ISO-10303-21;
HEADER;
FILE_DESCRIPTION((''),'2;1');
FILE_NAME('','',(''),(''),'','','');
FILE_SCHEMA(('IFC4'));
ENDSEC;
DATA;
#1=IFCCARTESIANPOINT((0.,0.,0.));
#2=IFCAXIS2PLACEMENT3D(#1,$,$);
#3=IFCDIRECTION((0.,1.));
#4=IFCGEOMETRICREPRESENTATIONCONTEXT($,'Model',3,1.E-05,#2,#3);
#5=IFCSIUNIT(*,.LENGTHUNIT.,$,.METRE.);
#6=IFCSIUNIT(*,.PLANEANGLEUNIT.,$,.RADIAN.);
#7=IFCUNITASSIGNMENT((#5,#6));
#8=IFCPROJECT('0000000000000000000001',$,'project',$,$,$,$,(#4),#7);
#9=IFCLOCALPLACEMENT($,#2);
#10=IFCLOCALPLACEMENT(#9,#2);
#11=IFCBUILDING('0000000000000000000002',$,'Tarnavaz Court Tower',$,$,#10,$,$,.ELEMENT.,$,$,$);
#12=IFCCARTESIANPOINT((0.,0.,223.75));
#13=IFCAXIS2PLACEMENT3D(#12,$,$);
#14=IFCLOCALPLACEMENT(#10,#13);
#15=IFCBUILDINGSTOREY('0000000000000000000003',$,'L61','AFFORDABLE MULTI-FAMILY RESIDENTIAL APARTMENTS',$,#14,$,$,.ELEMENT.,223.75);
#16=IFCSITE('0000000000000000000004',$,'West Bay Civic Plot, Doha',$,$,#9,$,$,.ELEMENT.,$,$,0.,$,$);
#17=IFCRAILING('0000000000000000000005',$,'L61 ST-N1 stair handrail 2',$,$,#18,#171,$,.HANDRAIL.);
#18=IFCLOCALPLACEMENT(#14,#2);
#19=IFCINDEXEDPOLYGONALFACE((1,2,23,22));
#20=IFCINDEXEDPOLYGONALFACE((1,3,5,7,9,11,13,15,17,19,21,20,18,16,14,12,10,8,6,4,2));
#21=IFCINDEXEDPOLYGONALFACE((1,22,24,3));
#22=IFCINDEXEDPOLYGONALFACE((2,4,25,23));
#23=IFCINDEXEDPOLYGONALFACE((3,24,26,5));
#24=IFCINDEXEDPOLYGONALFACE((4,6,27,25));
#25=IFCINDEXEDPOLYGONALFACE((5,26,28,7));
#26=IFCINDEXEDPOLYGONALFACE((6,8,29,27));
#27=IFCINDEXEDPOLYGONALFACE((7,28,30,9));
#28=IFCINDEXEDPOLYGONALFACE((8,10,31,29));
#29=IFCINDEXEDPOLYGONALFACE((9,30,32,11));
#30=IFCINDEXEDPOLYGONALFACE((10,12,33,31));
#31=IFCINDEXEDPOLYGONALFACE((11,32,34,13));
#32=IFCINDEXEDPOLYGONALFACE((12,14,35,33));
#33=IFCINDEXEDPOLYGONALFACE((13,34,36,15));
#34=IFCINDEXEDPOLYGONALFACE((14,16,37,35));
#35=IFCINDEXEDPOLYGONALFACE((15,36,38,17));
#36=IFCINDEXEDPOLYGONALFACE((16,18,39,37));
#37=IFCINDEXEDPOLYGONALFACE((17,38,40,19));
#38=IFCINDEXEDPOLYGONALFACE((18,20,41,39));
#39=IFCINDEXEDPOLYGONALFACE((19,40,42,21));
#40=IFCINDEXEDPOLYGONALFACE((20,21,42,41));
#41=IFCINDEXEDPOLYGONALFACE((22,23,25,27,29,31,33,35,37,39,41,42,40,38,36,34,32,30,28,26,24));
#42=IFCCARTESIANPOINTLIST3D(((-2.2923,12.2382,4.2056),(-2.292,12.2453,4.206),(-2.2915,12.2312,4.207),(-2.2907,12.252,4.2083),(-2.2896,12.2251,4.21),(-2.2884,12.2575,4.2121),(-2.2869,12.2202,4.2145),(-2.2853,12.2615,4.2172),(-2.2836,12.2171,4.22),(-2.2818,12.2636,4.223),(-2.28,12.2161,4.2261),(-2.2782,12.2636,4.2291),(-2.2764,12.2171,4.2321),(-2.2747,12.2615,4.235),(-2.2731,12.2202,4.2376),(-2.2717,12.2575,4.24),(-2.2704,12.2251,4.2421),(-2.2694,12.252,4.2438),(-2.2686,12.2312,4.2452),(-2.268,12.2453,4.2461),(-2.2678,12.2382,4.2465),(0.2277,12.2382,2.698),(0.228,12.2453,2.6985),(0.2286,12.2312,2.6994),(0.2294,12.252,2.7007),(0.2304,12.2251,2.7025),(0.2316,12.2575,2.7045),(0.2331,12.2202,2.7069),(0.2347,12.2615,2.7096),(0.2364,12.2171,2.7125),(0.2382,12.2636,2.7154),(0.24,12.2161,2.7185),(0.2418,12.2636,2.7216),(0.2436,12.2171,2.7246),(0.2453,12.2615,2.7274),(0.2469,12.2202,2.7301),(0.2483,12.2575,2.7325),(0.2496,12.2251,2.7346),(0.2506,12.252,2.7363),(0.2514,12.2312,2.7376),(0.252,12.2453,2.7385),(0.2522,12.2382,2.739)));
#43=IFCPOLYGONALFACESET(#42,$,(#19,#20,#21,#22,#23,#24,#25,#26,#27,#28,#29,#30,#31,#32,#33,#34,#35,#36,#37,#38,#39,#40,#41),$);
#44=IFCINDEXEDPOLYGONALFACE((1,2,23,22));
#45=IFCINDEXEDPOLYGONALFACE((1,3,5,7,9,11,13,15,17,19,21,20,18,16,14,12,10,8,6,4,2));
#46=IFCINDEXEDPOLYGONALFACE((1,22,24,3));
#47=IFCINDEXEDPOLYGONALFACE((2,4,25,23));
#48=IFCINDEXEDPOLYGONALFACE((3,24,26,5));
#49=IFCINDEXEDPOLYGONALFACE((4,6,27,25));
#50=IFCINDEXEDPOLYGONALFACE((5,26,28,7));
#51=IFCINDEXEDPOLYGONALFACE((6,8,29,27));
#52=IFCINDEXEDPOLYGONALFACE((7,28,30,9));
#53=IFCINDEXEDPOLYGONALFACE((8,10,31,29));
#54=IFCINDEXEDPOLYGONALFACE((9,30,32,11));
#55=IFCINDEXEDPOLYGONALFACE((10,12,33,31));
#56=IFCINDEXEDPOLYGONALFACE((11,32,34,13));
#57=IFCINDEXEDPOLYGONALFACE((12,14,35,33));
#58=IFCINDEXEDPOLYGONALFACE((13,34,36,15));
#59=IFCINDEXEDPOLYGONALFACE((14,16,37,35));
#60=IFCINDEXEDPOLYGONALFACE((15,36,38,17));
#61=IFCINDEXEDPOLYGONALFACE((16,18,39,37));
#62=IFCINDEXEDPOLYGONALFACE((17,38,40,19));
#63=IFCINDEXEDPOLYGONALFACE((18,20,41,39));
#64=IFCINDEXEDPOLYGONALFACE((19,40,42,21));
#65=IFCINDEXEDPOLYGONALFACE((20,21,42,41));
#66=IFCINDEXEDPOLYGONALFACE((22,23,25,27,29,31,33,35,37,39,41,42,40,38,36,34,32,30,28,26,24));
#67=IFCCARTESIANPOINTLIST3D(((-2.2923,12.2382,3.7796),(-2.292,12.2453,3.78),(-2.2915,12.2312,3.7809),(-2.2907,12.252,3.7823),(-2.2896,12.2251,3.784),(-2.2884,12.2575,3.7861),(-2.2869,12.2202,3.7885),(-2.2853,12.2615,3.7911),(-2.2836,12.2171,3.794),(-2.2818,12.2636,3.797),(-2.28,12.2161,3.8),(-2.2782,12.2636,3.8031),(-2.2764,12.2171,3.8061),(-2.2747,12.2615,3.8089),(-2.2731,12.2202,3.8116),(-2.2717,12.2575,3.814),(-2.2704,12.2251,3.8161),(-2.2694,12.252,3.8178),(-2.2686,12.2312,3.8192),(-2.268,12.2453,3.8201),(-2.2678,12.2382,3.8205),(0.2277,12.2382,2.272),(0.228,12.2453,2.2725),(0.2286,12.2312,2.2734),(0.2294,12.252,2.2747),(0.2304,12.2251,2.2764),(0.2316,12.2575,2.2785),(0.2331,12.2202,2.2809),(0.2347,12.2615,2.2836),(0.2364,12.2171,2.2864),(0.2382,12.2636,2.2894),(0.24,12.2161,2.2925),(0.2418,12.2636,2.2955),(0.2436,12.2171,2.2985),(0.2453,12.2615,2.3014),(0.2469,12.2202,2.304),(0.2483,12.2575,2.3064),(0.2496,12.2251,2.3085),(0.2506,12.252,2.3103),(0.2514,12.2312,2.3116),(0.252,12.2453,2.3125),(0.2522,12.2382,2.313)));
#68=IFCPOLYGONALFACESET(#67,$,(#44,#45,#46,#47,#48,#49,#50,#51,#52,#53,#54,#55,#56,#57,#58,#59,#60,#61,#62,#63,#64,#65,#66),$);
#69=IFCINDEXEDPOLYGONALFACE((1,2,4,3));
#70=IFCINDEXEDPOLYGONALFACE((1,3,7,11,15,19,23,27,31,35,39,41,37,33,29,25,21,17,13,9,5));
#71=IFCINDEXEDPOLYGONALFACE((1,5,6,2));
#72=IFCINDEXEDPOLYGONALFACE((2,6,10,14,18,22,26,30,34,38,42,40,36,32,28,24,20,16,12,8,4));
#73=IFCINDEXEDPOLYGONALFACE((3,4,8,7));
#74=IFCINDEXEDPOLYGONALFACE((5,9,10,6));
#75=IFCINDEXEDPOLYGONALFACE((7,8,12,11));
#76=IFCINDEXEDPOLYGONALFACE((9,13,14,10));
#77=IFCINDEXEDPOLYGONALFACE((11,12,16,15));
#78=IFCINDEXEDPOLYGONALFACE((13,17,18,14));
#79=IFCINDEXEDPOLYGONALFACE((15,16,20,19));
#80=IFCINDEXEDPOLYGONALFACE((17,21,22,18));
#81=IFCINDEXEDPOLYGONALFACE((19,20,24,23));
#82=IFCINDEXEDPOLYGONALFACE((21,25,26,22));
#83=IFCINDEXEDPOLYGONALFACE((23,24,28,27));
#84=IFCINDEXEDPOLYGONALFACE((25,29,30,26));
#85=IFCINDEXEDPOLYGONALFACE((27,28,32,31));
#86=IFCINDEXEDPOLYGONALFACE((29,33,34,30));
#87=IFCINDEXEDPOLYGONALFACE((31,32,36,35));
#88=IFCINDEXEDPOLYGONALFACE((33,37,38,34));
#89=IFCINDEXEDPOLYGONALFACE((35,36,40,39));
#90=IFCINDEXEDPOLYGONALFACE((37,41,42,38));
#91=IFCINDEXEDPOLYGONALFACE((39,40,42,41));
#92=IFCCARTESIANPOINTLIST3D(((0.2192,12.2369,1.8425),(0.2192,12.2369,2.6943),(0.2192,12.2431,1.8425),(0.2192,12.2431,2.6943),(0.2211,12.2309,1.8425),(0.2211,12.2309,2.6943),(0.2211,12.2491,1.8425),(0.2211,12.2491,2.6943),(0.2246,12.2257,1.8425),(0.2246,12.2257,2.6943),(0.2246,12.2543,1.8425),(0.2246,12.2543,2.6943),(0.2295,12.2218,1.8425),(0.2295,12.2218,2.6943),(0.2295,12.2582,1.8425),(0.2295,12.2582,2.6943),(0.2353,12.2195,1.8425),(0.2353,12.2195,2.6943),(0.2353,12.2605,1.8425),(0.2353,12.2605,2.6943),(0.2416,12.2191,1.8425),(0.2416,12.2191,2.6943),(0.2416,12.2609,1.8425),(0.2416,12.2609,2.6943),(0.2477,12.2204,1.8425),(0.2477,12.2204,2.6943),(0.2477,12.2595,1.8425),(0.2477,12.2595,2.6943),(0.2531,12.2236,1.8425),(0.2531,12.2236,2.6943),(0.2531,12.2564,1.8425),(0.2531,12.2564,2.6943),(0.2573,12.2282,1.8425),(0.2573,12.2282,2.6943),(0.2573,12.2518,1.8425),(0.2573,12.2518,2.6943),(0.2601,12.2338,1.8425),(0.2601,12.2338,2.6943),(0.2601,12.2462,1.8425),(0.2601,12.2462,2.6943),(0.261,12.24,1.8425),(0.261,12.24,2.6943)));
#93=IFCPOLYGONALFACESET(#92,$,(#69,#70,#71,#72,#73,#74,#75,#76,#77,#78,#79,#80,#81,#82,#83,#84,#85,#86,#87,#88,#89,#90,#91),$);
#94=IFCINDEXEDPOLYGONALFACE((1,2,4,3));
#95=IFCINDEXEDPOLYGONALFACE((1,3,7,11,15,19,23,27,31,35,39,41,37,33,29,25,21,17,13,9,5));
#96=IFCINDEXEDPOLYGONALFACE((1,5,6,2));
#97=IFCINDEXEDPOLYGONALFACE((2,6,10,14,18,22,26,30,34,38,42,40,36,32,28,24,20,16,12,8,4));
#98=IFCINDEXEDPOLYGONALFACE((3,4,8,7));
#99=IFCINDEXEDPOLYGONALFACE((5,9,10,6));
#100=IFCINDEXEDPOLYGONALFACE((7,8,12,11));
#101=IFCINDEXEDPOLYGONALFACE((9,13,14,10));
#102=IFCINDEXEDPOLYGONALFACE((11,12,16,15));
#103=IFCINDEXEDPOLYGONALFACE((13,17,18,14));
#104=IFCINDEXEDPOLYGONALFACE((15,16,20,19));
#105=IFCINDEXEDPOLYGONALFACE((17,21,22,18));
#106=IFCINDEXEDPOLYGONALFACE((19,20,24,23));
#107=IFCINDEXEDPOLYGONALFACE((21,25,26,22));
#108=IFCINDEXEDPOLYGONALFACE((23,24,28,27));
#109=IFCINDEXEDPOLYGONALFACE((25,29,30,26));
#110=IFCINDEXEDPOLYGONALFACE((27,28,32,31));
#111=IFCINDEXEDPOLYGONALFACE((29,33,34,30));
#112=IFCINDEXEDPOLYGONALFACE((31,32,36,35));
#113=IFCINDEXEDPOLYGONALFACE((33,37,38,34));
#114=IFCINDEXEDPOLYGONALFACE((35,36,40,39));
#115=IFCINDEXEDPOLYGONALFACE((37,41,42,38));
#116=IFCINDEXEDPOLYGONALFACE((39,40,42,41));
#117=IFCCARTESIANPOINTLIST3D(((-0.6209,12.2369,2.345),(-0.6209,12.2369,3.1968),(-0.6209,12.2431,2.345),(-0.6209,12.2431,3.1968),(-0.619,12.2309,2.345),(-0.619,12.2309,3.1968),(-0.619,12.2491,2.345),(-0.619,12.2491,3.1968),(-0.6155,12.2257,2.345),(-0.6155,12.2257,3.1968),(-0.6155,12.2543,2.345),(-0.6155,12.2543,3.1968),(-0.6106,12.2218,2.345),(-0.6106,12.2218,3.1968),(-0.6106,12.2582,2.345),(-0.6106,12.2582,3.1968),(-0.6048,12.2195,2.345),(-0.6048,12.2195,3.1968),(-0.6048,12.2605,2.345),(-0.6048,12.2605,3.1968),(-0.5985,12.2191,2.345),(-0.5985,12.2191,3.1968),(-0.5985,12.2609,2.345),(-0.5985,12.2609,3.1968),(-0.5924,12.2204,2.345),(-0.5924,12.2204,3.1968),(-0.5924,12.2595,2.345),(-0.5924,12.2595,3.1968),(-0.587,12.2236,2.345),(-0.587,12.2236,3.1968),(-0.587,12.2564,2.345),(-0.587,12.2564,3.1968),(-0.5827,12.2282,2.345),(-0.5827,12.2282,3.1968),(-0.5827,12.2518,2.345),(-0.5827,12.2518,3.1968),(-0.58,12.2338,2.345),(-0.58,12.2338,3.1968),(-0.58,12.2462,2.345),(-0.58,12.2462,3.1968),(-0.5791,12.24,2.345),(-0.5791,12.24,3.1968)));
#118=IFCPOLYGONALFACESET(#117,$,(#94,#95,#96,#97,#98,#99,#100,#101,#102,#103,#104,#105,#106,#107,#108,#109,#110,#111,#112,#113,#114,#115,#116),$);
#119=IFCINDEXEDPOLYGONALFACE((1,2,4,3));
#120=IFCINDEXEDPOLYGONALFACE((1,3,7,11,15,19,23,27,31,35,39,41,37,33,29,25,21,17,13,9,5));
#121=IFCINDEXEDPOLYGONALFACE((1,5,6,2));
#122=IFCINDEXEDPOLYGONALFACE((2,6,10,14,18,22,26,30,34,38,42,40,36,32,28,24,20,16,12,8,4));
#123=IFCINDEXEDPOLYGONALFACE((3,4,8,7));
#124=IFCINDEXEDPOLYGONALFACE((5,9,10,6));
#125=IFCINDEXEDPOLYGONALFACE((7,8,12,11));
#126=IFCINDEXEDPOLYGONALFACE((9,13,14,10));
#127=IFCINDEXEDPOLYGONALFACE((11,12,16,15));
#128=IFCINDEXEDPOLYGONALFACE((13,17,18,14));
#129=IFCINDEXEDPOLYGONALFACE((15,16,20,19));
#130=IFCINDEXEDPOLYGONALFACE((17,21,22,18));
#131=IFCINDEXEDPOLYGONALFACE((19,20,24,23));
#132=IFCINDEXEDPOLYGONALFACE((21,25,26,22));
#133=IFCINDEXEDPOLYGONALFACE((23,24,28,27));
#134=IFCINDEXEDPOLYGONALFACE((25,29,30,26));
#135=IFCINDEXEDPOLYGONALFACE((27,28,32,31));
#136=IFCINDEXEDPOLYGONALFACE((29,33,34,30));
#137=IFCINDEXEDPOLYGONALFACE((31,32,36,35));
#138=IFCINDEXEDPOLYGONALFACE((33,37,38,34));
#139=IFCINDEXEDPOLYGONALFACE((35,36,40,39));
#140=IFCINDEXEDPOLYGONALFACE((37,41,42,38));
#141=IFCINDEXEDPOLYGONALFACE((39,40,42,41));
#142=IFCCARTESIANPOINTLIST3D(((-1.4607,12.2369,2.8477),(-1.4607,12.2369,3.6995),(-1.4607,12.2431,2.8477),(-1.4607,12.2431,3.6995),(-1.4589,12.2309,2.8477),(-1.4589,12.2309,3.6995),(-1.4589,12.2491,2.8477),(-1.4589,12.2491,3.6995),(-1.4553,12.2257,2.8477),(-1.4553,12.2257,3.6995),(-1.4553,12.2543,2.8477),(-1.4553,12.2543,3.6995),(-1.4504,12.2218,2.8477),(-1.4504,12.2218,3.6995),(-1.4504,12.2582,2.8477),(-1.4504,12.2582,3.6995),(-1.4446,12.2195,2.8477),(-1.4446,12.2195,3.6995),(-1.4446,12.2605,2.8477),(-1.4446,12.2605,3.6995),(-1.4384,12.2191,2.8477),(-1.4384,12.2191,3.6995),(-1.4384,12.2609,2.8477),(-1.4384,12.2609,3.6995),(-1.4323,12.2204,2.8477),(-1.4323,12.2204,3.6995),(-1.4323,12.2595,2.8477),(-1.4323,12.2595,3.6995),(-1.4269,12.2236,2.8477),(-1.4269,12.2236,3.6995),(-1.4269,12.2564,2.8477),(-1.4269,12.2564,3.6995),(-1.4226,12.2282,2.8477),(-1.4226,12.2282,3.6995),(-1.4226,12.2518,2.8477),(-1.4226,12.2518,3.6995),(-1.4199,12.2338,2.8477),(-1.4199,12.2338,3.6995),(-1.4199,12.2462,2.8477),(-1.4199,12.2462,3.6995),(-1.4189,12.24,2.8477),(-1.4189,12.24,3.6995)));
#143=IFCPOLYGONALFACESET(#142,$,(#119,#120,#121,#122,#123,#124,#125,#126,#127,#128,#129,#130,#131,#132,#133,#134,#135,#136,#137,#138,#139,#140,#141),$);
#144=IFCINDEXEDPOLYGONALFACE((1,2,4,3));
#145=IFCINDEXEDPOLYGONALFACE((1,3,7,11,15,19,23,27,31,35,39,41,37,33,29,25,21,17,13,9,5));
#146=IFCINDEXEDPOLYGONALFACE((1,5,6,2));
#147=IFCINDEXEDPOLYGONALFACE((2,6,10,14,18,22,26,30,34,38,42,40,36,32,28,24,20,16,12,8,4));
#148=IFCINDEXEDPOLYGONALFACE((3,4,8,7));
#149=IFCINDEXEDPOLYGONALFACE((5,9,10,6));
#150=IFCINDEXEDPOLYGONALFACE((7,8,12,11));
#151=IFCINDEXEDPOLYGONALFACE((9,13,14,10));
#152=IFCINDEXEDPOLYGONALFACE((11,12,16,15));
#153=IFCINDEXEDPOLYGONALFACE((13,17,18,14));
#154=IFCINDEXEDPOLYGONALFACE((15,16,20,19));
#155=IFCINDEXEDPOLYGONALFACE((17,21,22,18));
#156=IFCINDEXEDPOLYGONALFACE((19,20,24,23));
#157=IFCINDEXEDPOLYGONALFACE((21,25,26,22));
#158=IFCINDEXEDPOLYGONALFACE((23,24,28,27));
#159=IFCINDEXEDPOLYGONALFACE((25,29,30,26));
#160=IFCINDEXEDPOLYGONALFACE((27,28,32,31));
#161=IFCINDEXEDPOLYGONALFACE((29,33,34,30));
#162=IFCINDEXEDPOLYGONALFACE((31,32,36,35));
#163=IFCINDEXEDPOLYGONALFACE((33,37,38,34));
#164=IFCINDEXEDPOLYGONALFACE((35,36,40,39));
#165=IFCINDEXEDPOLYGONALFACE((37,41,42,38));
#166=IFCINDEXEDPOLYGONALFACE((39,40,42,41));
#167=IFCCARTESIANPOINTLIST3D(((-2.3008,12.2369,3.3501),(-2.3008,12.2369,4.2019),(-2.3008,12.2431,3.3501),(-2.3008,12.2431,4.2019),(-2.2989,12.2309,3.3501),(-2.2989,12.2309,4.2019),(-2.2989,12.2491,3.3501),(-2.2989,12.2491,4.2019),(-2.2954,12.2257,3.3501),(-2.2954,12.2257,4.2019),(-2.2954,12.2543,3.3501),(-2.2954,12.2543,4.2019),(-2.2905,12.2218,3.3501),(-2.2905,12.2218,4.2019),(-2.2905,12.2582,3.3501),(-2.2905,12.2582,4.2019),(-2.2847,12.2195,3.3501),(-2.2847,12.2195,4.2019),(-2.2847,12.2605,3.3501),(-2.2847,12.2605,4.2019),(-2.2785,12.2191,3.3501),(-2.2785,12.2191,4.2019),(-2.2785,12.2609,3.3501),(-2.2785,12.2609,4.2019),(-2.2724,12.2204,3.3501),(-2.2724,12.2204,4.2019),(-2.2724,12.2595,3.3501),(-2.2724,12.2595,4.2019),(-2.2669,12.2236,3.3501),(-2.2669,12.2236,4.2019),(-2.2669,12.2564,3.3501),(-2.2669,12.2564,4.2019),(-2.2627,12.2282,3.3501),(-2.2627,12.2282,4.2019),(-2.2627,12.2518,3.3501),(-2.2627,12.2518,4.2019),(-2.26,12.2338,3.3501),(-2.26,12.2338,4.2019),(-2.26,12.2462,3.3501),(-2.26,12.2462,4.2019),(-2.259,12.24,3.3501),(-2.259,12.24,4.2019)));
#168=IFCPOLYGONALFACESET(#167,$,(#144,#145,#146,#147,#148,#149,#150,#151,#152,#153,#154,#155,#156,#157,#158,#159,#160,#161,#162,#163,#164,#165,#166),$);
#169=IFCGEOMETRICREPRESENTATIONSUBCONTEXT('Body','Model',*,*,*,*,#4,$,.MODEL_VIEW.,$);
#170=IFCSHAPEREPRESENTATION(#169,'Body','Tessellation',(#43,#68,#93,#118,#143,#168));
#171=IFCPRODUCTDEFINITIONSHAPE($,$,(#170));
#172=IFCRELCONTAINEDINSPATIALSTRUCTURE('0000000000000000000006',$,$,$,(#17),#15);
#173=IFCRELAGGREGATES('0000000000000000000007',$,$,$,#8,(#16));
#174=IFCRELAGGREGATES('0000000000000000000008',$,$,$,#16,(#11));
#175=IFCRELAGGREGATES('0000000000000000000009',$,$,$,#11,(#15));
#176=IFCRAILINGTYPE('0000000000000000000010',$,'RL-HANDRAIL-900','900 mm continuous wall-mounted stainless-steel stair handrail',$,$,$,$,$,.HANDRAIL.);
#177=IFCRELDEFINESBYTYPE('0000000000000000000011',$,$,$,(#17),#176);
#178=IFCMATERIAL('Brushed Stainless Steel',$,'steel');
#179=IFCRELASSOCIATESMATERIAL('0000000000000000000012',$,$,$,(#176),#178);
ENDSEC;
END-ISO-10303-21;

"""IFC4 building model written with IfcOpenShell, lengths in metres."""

from ifc_helpers import new_model, si_unit, direction, frame, origin, origin_2d, place, context, subcontext, project, spatial, circle, extrude, material, type_object, element, save


model = new_model("IFC4")

# Units and contexts
model_context = context("Model", 3, precision=1e-05, world=origin(), true_north=direction((0.0, 1.0)))
body_context = subcontext(model_context, "Body", "Model", "MODEL_VIEW")
ifc_project = project(units=[si_unit("LENGTHUNIT", "METRE"), si_unit("PLANEANGLEUNIT", "RADIAN")], contexts=[model_context])

# Site, building, storey
site_placement = place(None, origin())
site = spatial("IfcSite", under=ifc_project, at=site_placement, Name="West Bay Civic Plot, Doha", CompositionType="ELEMENT", RefElevation=0.0)
building_placement = place(site_placement, origin())
building = spatial("IfcBuilding", under=site, at=building_placement, Name="Tarnavaz Court Tower", CompositionType="ELEMENT")
storey_placement = place(building_placement, frame((0.0, 0.0, 223.75)))
storey = spatial("IfcBuildingStorey", under=building, at=storey_placement, Name="L61", Description="AFFORDABLE MULTI-FAMILY RESIDENTIAL APARTMENTS", CompositionType="ELEMENT", Elevation=223.75)

# Railing
ifc_material_1 = material(Name="Brushed Stainless Steel", Category="steel")
railing_type_1 = type_object("IfcRailingType", Name="RL-HANDRAIL-900", Description="900 mm continuous wall-mounted stainless-steel stair handrail", PredefinedType="HANDRAIL", material=ifc_material_1)
railing_1_placement = place(storey_placement, frame((0.24, 12.24, 1.8425)))
element("IfcRailing", 1, at=railing_1_placement, inside=storey, type_object=railing_type_1, Name="L61 ST-N1 stair handrail 2", PredefinedType="HANDRAIL", context=body_context, shape_type="SweptSolid", body=[
    extrude(circle(Radius=0.0239, at=origin_2d()), frame((0.0, 0.0, 0.876), z_axis=(-0.85816, 0.0, 0.513383), x_axis=(0.0, -1.0, 0.0)), (0.0, 0.0, 1.0), 2.9365),
    extrude(circle(Radius=0.0239, at=origin_2d()), frame((0.0, 0.0, 0.45), z_axis=(-0.85816, 0.0, 0.513383), x_axis=(0.0, -1.0, 0.0)), (0.0, 0.0, 1.0), 2.9365),
    extrude(circle(Radius=0.021, at=origin_2d()), origin(), (0.0, 0.0, 1.0), 0.8518),
    extrude(circle(Radius=0.021, at=origin_2d()), frame((-0.8401, 0.0, 0.5024)), (0.0, 0.0, 1.0), 0.8518),
    extrude(circle(Radius=0.021, at=origin_2d()), frame((-1.6799, 0.0, 1.0051)), (0.0, 0.0, 1.0), 0.8518),
    extrude(circle(Radius=0.021, at=origin_2d()), frame((-2.52, 0.0, 1.5076)), (0.0, 0.0, 1.0), 0.8518),
])

save(model, "model.ifc")
